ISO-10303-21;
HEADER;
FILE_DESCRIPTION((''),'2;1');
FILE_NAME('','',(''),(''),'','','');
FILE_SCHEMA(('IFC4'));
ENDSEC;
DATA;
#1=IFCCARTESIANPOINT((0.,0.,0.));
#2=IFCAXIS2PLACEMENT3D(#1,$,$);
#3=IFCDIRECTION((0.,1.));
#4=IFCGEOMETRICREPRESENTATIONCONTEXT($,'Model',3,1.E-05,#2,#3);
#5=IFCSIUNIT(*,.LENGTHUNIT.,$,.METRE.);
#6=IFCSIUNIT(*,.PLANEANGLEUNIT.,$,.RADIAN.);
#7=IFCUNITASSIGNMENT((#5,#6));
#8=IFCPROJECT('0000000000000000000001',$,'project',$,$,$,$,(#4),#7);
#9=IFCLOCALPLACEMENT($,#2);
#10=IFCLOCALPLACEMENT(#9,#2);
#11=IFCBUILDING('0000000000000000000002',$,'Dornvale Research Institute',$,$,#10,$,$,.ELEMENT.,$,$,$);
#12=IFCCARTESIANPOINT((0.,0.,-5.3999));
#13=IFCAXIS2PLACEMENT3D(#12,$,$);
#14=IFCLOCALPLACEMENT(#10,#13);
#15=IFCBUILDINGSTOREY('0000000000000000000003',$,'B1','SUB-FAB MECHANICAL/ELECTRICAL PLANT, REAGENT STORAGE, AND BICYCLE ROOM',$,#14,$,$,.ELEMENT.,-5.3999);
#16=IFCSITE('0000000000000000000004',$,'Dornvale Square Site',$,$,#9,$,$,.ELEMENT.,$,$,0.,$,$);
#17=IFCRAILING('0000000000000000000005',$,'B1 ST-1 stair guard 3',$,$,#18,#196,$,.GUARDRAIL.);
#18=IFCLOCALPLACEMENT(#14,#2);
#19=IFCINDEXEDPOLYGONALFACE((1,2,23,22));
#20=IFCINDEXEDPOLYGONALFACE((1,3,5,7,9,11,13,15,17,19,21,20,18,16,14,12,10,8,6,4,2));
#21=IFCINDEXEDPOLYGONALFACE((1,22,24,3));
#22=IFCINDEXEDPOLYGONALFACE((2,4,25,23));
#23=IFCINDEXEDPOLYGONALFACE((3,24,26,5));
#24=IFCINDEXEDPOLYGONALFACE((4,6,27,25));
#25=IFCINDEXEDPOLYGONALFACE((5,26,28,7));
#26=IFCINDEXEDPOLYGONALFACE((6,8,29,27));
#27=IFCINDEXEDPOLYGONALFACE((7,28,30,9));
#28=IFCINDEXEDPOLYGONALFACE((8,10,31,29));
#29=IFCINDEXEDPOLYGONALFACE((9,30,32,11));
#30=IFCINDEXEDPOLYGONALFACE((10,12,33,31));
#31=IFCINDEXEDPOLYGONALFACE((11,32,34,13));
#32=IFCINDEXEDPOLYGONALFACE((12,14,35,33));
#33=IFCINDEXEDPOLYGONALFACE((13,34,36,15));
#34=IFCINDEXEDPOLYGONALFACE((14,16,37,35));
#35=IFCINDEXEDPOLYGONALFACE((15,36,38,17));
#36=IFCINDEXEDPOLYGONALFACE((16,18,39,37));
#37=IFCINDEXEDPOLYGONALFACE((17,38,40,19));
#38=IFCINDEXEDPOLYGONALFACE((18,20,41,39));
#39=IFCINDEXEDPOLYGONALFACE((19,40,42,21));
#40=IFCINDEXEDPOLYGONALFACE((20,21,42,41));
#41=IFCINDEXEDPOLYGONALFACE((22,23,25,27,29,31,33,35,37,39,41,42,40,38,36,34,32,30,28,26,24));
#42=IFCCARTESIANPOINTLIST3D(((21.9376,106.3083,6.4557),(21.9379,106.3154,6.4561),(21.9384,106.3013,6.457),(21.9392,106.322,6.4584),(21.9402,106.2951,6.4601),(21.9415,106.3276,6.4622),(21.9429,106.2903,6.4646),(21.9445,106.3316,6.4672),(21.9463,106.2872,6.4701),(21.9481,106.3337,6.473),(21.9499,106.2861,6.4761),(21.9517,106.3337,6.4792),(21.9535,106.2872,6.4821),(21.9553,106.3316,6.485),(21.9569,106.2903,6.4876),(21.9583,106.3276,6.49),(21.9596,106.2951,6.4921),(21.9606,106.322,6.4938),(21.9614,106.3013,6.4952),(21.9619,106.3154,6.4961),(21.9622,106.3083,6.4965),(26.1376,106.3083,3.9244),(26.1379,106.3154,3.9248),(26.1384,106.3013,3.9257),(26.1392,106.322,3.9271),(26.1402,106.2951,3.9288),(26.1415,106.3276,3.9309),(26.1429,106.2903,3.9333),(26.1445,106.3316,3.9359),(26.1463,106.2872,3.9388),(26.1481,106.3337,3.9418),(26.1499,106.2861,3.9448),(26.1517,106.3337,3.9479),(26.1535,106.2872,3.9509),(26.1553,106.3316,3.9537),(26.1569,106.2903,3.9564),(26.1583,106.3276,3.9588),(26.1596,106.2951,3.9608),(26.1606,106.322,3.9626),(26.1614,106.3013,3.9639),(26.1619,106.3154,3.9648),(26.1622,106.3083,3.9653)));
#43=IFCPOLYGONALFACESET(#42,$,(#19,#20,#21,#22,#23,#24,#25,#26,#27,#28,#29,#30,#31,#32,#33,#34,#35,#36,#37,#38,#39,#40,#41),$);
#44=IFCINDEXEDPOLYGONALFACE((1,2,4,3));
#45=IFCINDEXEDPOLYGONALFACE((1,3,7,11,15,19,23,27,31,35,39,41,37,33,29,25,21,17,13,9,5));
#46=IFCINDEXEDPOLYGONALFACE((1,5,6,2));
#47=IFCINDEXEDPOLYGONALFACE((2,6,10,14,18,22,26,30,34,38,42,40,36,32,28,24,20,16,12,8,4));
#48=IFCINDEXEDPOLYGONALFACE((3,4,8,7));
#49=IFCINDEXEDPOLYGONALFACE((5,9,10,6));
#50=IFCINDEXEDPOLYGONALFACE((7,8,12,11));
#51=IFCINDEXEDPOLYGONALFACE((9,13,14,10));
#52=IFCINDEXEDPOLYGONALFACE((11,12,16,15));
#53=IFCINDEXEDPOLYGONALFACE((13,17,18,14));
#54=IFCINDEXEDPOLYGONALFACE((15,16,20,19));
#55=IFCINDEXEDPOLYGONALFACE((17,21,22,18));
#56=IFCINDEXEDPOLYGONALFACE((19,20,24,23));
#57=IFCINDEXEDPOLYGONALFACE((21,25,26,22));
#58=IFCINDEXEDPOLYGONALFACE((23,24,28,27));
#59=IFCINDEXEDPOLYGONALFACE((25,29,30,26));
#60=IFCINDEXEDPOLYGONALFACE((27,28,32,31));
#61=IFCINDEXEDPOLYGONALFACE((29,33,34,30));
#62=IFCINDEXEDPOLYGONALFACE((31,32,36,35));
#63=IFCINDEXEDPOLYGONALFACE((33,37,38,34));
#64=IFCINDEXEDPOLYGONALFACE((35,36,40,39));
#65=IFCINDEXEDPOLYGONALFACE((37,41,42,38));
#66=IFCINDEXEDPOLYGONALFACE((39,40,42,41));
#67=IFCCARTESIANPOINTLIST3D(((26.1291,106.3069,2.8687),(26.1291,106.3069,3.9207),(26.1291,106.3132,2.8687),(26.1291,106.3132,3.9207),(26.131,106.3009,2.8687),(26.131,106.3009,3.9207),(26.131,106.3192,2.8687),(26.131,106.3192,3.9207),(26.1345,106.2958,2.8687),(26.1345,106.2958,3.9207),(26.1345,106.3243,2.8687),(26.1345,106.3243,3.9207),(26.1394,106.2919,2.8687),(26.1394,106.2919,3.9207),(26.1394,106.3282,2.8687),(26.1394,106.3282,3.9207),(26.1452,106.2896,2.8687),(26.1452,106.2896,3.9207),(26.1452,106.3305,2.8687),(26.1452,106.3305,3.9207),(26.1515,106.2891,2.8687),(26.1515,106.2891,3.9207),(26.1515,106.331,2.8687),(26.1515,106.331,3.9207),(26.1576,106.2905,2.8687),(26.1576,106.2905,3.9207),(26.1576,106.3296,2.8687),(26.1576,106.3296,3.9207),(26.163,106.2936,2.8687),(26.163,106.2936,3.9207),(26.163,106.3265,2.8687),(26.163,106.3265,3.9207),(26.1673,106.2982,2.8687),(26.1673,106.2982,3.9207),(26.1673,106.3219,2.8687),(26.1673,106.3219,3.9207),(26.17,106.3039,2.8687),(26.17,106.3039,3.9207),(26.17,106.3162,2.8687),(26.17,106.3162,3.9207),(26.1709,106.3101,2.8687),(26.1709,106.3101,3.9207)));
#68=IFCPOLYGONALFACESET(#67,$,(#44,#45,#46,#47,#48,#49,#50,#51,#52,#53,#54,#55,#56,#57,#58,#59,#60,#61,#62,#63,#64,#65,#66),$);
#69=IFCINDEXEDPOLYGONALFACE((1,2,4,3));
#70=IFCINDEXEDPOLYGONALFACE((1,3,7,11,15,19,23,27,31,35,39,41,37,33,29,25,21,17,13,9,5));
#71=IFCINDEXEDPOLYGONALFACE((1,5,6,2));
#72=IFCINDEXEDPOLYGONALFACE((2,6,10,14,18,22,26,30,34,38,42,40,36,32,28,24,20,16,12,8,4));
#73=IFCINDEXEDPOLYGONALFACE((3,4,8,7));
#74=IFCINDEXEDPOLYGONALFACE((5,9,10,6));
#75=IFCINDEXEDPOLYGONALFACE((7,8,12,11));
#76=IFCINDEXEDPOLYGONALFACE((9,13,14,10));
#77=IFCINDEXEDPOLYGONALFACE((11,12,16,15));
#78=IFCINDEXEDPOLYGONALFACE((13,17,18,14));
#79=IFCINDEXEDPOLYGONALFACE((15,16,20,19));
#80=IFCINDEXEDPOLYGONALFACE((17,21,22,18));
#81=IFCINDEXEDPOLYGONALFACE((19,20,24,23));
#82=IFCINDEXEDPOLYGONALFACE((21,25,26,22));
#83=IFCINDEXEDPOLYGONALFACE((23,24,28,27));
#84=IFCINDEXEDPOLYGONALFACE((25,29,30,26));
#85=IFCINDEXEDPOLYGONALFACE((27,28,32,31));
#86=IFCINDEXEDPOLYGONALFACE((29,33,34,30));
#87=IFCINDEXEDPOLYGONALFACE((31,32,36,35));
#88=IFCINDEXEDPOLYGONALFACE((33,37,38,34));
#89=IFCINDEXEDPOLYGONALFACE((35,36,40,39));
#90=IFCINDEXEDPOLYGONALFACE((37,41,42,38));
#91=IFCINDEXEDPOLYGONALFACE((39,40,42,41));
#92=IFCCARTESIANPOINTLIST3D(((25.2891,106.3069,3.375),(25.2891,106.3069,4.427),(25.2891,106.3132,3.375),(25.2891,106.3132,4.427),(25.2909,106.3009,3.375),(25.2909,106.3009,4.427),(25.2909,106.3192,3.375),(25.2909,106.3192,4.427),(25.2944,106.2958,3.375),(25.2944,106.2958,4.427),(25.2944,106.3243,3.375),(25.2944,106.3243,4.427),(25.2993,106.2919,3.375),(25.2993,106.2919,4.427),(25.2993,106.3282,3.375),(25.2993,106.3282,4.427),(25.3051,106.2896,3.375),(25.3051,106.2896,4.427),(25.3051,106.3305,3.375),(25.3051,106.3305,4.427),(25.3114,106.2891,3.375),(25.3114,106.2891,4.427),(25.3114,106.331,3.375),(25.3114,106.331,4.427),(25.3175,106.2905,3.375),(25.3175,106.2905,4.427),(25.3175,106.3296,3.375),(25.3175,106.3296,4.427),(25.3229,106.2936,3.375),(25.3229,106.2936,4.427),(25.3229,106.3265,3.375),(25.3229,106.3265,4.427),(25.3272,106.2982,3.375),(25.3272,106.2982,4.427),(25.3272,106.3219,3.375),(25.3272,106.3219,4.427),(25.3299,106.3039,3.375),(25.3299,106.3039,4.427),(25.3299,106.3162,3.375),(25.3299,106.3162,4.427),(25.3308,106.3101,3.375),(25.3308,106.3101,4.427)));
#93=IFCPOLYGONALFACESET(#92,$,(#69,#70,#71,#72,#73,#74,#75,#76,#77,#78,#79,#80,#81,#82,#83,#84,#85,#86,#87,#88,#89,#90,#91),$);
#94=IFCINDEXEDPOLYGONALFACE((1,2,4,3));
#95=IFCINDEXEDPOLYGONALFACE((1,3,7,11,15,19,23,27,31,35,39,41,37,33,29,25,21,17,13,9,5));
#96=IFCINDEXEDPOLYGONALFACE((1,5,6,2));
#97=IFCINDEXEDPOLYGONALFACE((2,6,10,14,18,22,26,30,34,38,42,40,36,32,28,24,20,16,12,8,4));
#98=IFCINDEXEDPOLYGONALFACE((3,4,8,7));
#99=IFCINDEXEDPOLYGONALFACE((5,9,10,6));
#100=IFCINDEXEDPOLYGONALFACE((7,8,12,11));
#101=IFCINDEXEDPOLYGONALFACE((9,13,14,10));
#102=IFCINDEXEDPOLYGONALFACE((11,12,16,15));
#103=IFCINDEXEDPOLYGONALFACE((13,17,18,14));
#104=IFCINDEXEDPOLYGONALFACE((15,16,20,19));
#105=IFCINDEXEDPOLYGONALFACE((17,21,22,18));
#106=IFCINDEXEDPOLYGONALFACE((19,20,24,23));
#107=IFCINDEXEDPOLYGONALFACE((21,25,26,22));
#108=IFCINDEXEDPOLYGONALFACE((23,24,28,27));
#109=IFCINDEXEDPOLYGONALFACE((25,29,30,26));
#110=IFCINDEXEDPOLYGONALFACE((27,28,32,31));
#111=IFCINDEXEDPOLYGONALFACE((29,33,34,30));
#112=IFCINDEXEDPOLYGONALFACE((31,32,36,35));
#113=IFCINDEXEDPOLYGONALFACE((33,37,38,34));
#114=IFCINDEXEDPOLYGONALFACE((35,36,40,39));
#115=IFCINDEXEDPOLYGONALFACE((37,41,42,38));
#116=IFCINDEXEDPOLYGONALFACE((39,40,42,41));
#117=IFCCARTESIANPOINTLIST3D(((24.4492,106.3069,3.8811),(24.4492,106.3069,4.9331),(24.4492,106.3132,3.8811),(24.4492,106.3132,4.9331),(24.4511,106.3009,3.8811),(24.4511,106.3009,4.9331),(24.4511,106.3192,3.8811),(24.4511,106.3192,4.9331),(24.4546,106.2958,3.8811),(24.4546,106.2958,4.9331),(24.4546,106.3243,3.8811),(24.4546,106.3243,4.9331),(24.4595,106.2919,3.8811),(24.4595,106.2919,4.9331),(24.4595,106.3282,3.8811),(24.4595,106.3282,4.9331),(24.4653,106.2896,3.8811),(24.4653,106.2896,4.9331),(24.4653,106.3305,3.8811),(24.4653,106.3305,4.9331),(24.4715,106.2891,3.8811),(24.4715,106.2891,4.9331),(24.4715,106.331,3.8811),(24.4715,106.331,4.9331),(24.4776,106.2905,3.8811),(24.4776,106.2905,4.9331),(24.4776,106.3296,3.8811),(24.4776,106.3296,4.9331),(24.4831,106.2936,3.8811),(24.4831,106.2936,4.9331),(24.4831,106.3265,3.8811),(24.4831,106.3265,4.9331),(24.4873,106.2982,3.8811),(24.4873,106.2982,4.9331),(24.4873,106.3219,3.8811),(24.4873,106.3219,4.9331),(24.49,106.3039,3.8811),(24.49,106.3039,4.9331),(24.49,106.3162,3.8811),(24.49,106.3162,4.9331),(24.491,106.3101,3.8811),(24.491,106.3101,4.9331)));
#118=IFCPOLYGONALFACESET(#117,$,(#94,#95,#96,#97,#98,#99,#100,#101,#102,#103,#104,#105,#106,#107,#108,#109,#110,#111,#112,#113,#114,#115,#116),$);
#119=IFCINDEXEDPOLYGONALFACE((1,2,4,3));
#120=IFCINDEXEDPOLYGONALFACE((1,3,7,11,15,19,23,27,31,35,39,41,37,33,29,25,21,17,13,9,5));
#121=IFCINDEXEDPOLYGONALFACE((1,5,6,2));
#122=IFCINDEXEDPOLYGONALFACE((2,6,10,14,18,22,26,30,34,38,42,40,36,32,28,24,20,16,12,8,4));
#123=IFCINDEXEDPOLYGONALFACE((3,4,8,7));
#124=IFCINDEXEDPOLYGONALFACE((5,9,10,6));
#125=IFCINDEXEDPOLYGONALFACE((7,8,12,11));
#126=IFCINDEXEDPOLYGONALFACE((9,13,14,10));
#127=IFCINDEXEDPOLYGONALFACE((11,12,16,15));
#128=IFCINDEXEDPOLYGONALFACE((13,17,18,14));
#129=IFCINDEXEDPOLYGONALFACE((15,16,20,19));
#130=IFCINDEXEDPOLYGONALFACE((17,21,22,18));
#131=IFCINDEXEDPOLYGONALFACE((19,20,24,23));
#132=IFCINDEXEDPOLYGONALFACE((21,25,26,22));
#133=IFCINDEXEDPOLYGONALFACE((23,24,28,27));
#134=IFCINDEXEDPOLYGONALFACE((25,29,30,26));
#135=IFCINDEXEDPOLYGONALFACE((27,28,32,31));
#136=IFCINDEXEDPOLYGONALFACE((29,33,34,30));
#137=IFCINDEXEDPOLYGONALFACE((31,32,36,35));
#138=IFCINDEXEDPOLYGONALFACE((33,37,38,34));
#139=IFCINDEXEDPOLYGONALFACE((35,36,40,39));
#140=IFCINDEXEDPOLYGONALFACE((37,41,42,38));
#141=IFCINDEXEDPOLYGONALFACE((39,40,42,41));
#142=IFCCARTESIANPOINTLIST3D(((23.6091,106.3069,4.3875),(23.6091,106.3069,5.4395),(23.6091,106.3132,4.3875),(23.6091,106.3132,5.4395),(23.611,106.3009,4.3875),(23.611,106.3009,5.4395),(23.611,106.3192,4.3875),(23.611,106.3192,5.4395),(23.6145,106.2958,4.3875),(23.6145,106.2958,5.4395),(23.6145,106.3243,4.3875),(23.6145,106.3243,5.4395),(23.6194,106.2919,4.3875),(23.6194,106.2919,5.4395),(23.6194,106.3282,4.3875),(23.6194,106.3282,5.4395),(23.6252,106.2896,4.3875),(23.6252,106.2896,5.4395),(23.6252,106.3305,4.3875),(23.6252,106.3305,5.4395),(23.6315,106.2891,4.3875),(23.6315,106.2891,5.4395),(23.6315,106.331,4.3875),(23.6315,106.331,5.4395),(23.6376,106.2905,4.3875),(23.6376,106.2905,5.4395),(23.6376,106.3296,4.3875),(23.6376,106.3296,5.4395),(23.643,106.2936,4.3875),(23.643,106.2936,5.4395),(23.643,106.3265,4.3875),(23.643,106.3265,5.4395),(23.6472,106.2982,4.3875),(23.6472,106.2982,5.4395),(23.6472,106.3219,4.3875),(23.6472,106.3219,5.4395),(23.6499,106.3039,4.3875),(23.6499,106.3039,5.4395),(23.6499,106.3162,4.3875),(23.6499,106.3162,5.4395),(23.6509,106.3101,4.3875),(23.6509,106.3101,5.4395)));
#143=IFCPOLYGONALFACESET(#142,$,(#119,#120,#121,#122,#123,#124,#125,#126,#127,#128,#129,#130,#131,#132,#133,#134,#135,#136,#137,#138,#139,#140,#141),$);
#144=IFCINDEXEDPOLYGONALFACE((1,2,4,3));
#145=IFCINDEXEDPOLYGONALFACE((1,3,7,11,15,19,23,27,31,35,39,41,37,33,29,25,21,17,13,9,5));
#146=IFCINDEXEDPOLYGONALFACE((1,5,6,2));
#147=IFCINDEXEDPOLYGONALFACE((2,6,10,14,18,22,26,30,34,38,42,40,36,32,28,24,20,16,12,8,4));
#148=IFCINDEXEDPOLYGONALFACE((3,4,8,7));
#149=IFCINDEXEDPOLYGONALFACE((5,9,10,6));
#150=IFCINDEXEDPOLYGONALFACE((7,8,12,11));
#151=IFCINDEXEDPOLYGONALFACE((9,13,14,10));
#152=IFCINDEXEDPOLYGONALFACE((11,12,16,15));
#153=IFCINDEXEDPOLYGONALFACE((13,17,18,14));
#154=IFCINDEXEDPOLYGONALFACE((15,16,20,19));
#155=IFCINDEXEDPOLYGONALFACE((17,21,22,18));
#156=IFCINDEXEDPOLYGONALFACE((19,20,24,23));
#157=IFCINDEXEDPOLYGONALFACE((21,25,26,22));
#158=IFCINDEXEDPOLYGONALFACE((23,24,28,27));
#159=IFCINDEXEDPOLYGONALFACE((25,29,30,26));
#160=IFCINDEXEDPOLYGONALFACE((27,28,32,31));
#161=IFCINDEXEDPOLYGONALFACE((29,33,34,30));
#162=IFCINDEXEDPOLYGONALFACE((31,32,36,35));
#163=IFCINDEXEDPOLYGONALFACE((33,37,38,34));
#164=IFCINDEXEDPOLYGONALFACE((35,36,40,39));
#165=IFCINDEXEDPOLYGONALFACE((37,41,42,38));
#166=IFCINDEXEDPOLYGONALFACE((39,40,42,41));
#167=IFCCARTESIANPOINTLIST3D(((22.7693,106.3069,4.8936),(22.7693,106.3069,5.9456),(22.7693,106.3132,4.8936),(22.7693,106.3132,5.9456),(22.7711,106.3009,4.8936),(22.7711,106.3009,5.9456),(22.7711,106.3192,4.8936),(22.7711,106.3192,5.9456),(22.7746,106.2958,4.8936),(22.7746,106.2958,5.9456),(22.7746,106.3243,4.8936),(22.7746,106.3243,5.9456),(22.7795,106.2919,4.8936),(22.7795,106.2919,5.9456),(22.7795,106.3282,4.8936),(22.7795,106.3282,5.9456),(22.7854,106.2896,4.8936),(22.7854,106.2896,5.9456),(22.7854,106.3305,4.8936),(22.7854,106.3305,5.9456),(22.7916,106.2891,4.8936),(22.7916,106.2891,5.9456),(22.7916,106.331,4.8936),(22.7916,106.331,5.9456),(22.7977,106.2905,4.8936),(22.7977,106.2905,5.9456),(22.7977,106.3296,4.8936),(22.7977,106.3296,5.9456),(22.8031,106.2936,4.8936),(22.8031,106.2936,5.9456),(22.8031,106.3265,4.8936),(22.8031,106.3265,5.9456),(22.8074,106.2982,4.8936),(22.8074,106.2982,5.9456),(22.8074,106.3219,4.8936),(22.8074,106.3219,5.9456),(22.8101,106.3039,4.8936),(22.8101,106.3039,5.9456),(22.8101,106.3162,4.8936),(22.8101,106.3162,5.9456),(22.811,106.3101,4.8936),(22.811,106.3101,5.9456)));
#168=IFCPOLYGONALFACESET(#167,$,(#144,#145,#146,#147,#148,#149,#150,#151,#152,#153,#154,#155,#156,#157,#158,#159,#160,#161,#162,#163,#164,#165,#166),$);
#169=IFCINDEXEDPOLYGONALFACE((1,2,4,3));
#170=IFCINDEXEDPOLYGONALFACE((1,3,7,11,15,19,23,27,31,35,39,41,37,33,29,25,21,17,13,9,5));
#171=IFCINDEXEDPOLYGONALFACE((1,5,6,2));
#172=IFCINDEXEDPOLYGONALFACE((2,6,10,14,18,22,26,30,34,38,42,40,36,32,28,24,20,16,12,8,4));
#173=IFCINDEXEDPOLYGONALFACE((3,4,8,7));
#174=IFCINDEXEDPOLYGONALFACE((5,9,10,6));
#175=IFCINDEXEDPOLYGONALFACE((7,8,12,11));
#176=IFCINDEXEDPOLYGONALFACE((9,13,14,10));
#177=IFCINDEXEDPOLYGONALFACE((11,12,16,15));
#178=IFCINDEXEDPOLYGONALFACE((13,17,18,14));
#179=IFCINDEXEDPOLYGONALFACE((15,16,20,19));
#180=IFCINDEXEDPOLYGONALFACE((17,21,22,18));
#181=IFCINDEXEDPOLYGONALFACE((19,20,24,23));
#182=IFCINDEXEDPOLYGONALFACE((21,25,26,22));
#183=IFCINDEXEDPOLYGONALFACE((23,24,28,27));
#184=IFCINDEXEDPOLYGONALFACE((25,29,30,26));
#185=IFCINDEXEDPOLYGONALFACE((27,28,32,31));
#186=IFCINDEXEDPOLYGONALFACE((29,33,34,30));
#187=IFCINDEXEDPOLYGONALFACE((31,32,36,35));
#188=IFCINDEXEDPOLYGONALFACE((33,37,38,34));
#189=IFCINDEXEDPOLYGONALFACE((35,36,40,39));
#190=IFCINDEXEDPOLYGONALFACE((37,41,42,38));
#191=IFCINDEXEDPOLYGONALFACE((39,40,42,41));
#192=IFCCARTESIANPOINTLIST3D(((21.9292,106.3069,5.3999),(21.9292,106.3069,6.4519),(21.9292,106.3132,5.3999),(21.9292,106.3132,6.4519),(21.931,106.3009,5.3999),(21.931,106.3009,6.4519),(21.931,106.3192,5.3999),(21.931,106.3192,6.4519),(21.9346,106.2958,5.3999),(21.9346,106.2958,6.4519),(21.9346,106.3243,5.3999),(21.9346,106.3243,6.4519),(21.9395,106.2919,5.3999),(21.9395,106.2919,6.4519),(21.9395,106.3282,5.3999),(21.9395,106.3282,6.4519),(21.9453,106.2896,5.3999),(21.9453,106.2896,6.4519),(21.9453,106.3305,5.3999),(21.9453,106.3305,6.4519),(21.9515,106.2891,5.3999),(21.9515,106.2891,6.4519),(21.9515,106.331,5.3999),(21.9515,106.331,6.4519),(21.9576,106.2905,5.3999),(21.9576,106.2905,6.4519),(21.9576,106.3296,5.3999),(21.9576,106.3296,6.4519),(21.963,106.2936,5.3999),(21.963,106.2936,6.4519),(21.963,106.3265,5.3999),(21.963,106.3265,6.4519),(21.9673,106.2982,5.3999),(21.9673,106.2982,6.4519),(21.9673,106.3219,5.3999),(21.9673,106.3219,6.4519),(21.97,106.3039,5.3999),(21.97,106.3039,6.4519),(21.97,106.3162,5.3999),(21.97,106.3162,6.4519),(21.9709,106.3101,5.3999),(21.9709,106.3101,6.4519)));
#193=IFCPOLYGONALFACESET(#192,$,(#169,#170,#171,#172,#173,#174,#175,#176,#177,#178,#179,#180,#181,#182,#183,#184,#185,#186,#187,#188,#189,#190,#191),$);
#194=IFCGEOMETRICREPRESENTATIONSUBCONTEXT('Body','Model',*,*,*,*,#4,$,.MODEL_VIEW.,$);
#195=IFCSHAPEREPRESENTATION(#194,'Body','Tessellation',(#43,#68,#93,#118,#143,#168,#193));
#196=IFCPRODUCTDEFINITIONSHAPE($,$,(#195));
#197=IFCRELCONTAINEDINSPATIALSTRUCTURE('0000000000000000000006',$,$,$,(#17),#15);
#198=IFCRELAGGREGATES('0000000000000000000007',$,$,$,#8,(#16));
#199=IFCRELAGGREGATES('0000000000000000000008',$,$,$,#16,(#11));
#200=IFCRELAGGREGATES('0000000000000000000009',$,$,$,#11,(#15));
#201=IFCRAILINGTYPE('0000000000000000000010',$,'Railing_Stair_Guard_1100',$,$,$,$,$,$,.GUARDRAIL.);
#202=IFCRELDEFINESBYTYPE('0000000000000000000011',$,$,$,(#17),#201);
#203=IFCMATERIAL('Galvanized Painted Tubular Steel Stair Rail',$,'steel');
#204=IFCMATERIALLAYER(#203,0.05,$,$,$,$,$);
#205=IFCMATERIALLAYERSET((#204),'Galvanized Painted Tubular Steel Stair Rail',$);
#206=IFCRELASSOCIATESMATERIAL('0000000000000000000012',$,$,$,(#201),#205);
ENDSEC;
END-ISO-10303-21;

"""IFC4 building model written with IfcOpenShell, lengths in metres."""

from ifc_helpers import new_model, si_unit, direction, frame, origin, origin_2d, place, context, subcontext, project, spatial, circle, extrude, material, layer, layer_set, type_object, element, save


model = new_model("IFC4")

# Units and contexts
model_context = context("Model", 3, precision=1e-05, world=origin(), true_north=direction((0.0, 1.0)))
body_context = subcontext(model_context, "Body", "Model", "MODEL_VIEW")
ifc_project = project(units=[si_unit("LENGTHUNIT", "METRE"), si_unit("PLANEANGLEUNIT", "RADIAN")], contexts=[model_context])

# Site, building, storey
site_placement = place(None, origin())
site = spatial("IfcSite", under=ifc_project, at=site_placement, Name="Dornvale Square Site", CompositionType="ELEMENT", RefElevation=0.0)
building_placement = place(site_placement, origin())
building = spatial("IfcBuilding", under=site, at=building_placement, Name="Dornvale Research Institute", CompositionType="ELEMENT")
storey_placement = place(building_placement, frame((0.0, 0.0, -5.3999)))
storey = spatial("IfcBuildingStorey", under=building, at=storey_placement, Name="B1", Description="SUB-FAB MECHANICAL/ELECTRICAL PLANT, REAGENT STORAGE, AND BICYCLE ROOM", CompositionType="ELEMENT", Elevation=-5.3999)

# Railing
ifc_material_1 = material(Name="Galvanized Painted Tubular Steel Stair Rail", Category="steel")
ifc_layer_1 = layer(ifc_material_1, 0.05)
ifc_layer_set_1 = layer_set([ifc_layer_1], Name="Galvanized Painted Tubular Steel Stair Rail")
railing_type_1 = type_object("IfcRailingType", Name="Railing_Stair_Guard_1100", PredefinedType="GUARDRAIL", material=ifc_layer_set_1)
railing_1_placement = place(storey_placement, frame((26.1499, 106.3101, 2.8687)))
element("IfcRailing", 1, at=railing_1_placement, inside=storey, type_object=railing_type_1, Name="B1 ST-1 stair guard 3", PredefinedType="GUARDRAIL", context=body_context, shape_type="SweptSolid", body=[
    extrude(circle(Radius=0.0239, at=origin_2d()), frame((0.0, 0.0, 1.0762), z_axis=(-0.856476, 0.0, 0.516186), x_axis=(0.0, -1.0, 0.0)), (0.0, 0.0, 1.0), 4.9038),
    extrude(circle(Radius=0.021, at=origin_2d()), origin(), (0.0, 0.0, 1.0), 1.052),
    extrude(circle(Radius=0.021, at=origin_2d()), frame((-0.8401, 0.0, 0.5063)), (0.0, 0.0, 1.0), 1.052),
    extrude(circle(Radius=0.021, at=origin_2d()), frame((-1.6799, 0.0, 1.0125)), (0.0, 0.0, 1.0), 1.052),
    extrude(circle(Radius=0.021, at=origin_2d()), frame((-2.52, 0.0, 1.5188)), (0.0, 0.0, 1.0), 1.052),
    extrude(circle(Radius=0.021, at=origin_2d()), frame((-3.3599, 0.0, 2.0249)), (0.0, 0.0, 1.0), 1.052),
    extrude(circle(Radius=0.021, at=origin_2d()), frame((-4.2, 0.0, 2.5312)), (0.0, 0.0, 1.0), 1.052),
])

save(model, "model.ifc")
